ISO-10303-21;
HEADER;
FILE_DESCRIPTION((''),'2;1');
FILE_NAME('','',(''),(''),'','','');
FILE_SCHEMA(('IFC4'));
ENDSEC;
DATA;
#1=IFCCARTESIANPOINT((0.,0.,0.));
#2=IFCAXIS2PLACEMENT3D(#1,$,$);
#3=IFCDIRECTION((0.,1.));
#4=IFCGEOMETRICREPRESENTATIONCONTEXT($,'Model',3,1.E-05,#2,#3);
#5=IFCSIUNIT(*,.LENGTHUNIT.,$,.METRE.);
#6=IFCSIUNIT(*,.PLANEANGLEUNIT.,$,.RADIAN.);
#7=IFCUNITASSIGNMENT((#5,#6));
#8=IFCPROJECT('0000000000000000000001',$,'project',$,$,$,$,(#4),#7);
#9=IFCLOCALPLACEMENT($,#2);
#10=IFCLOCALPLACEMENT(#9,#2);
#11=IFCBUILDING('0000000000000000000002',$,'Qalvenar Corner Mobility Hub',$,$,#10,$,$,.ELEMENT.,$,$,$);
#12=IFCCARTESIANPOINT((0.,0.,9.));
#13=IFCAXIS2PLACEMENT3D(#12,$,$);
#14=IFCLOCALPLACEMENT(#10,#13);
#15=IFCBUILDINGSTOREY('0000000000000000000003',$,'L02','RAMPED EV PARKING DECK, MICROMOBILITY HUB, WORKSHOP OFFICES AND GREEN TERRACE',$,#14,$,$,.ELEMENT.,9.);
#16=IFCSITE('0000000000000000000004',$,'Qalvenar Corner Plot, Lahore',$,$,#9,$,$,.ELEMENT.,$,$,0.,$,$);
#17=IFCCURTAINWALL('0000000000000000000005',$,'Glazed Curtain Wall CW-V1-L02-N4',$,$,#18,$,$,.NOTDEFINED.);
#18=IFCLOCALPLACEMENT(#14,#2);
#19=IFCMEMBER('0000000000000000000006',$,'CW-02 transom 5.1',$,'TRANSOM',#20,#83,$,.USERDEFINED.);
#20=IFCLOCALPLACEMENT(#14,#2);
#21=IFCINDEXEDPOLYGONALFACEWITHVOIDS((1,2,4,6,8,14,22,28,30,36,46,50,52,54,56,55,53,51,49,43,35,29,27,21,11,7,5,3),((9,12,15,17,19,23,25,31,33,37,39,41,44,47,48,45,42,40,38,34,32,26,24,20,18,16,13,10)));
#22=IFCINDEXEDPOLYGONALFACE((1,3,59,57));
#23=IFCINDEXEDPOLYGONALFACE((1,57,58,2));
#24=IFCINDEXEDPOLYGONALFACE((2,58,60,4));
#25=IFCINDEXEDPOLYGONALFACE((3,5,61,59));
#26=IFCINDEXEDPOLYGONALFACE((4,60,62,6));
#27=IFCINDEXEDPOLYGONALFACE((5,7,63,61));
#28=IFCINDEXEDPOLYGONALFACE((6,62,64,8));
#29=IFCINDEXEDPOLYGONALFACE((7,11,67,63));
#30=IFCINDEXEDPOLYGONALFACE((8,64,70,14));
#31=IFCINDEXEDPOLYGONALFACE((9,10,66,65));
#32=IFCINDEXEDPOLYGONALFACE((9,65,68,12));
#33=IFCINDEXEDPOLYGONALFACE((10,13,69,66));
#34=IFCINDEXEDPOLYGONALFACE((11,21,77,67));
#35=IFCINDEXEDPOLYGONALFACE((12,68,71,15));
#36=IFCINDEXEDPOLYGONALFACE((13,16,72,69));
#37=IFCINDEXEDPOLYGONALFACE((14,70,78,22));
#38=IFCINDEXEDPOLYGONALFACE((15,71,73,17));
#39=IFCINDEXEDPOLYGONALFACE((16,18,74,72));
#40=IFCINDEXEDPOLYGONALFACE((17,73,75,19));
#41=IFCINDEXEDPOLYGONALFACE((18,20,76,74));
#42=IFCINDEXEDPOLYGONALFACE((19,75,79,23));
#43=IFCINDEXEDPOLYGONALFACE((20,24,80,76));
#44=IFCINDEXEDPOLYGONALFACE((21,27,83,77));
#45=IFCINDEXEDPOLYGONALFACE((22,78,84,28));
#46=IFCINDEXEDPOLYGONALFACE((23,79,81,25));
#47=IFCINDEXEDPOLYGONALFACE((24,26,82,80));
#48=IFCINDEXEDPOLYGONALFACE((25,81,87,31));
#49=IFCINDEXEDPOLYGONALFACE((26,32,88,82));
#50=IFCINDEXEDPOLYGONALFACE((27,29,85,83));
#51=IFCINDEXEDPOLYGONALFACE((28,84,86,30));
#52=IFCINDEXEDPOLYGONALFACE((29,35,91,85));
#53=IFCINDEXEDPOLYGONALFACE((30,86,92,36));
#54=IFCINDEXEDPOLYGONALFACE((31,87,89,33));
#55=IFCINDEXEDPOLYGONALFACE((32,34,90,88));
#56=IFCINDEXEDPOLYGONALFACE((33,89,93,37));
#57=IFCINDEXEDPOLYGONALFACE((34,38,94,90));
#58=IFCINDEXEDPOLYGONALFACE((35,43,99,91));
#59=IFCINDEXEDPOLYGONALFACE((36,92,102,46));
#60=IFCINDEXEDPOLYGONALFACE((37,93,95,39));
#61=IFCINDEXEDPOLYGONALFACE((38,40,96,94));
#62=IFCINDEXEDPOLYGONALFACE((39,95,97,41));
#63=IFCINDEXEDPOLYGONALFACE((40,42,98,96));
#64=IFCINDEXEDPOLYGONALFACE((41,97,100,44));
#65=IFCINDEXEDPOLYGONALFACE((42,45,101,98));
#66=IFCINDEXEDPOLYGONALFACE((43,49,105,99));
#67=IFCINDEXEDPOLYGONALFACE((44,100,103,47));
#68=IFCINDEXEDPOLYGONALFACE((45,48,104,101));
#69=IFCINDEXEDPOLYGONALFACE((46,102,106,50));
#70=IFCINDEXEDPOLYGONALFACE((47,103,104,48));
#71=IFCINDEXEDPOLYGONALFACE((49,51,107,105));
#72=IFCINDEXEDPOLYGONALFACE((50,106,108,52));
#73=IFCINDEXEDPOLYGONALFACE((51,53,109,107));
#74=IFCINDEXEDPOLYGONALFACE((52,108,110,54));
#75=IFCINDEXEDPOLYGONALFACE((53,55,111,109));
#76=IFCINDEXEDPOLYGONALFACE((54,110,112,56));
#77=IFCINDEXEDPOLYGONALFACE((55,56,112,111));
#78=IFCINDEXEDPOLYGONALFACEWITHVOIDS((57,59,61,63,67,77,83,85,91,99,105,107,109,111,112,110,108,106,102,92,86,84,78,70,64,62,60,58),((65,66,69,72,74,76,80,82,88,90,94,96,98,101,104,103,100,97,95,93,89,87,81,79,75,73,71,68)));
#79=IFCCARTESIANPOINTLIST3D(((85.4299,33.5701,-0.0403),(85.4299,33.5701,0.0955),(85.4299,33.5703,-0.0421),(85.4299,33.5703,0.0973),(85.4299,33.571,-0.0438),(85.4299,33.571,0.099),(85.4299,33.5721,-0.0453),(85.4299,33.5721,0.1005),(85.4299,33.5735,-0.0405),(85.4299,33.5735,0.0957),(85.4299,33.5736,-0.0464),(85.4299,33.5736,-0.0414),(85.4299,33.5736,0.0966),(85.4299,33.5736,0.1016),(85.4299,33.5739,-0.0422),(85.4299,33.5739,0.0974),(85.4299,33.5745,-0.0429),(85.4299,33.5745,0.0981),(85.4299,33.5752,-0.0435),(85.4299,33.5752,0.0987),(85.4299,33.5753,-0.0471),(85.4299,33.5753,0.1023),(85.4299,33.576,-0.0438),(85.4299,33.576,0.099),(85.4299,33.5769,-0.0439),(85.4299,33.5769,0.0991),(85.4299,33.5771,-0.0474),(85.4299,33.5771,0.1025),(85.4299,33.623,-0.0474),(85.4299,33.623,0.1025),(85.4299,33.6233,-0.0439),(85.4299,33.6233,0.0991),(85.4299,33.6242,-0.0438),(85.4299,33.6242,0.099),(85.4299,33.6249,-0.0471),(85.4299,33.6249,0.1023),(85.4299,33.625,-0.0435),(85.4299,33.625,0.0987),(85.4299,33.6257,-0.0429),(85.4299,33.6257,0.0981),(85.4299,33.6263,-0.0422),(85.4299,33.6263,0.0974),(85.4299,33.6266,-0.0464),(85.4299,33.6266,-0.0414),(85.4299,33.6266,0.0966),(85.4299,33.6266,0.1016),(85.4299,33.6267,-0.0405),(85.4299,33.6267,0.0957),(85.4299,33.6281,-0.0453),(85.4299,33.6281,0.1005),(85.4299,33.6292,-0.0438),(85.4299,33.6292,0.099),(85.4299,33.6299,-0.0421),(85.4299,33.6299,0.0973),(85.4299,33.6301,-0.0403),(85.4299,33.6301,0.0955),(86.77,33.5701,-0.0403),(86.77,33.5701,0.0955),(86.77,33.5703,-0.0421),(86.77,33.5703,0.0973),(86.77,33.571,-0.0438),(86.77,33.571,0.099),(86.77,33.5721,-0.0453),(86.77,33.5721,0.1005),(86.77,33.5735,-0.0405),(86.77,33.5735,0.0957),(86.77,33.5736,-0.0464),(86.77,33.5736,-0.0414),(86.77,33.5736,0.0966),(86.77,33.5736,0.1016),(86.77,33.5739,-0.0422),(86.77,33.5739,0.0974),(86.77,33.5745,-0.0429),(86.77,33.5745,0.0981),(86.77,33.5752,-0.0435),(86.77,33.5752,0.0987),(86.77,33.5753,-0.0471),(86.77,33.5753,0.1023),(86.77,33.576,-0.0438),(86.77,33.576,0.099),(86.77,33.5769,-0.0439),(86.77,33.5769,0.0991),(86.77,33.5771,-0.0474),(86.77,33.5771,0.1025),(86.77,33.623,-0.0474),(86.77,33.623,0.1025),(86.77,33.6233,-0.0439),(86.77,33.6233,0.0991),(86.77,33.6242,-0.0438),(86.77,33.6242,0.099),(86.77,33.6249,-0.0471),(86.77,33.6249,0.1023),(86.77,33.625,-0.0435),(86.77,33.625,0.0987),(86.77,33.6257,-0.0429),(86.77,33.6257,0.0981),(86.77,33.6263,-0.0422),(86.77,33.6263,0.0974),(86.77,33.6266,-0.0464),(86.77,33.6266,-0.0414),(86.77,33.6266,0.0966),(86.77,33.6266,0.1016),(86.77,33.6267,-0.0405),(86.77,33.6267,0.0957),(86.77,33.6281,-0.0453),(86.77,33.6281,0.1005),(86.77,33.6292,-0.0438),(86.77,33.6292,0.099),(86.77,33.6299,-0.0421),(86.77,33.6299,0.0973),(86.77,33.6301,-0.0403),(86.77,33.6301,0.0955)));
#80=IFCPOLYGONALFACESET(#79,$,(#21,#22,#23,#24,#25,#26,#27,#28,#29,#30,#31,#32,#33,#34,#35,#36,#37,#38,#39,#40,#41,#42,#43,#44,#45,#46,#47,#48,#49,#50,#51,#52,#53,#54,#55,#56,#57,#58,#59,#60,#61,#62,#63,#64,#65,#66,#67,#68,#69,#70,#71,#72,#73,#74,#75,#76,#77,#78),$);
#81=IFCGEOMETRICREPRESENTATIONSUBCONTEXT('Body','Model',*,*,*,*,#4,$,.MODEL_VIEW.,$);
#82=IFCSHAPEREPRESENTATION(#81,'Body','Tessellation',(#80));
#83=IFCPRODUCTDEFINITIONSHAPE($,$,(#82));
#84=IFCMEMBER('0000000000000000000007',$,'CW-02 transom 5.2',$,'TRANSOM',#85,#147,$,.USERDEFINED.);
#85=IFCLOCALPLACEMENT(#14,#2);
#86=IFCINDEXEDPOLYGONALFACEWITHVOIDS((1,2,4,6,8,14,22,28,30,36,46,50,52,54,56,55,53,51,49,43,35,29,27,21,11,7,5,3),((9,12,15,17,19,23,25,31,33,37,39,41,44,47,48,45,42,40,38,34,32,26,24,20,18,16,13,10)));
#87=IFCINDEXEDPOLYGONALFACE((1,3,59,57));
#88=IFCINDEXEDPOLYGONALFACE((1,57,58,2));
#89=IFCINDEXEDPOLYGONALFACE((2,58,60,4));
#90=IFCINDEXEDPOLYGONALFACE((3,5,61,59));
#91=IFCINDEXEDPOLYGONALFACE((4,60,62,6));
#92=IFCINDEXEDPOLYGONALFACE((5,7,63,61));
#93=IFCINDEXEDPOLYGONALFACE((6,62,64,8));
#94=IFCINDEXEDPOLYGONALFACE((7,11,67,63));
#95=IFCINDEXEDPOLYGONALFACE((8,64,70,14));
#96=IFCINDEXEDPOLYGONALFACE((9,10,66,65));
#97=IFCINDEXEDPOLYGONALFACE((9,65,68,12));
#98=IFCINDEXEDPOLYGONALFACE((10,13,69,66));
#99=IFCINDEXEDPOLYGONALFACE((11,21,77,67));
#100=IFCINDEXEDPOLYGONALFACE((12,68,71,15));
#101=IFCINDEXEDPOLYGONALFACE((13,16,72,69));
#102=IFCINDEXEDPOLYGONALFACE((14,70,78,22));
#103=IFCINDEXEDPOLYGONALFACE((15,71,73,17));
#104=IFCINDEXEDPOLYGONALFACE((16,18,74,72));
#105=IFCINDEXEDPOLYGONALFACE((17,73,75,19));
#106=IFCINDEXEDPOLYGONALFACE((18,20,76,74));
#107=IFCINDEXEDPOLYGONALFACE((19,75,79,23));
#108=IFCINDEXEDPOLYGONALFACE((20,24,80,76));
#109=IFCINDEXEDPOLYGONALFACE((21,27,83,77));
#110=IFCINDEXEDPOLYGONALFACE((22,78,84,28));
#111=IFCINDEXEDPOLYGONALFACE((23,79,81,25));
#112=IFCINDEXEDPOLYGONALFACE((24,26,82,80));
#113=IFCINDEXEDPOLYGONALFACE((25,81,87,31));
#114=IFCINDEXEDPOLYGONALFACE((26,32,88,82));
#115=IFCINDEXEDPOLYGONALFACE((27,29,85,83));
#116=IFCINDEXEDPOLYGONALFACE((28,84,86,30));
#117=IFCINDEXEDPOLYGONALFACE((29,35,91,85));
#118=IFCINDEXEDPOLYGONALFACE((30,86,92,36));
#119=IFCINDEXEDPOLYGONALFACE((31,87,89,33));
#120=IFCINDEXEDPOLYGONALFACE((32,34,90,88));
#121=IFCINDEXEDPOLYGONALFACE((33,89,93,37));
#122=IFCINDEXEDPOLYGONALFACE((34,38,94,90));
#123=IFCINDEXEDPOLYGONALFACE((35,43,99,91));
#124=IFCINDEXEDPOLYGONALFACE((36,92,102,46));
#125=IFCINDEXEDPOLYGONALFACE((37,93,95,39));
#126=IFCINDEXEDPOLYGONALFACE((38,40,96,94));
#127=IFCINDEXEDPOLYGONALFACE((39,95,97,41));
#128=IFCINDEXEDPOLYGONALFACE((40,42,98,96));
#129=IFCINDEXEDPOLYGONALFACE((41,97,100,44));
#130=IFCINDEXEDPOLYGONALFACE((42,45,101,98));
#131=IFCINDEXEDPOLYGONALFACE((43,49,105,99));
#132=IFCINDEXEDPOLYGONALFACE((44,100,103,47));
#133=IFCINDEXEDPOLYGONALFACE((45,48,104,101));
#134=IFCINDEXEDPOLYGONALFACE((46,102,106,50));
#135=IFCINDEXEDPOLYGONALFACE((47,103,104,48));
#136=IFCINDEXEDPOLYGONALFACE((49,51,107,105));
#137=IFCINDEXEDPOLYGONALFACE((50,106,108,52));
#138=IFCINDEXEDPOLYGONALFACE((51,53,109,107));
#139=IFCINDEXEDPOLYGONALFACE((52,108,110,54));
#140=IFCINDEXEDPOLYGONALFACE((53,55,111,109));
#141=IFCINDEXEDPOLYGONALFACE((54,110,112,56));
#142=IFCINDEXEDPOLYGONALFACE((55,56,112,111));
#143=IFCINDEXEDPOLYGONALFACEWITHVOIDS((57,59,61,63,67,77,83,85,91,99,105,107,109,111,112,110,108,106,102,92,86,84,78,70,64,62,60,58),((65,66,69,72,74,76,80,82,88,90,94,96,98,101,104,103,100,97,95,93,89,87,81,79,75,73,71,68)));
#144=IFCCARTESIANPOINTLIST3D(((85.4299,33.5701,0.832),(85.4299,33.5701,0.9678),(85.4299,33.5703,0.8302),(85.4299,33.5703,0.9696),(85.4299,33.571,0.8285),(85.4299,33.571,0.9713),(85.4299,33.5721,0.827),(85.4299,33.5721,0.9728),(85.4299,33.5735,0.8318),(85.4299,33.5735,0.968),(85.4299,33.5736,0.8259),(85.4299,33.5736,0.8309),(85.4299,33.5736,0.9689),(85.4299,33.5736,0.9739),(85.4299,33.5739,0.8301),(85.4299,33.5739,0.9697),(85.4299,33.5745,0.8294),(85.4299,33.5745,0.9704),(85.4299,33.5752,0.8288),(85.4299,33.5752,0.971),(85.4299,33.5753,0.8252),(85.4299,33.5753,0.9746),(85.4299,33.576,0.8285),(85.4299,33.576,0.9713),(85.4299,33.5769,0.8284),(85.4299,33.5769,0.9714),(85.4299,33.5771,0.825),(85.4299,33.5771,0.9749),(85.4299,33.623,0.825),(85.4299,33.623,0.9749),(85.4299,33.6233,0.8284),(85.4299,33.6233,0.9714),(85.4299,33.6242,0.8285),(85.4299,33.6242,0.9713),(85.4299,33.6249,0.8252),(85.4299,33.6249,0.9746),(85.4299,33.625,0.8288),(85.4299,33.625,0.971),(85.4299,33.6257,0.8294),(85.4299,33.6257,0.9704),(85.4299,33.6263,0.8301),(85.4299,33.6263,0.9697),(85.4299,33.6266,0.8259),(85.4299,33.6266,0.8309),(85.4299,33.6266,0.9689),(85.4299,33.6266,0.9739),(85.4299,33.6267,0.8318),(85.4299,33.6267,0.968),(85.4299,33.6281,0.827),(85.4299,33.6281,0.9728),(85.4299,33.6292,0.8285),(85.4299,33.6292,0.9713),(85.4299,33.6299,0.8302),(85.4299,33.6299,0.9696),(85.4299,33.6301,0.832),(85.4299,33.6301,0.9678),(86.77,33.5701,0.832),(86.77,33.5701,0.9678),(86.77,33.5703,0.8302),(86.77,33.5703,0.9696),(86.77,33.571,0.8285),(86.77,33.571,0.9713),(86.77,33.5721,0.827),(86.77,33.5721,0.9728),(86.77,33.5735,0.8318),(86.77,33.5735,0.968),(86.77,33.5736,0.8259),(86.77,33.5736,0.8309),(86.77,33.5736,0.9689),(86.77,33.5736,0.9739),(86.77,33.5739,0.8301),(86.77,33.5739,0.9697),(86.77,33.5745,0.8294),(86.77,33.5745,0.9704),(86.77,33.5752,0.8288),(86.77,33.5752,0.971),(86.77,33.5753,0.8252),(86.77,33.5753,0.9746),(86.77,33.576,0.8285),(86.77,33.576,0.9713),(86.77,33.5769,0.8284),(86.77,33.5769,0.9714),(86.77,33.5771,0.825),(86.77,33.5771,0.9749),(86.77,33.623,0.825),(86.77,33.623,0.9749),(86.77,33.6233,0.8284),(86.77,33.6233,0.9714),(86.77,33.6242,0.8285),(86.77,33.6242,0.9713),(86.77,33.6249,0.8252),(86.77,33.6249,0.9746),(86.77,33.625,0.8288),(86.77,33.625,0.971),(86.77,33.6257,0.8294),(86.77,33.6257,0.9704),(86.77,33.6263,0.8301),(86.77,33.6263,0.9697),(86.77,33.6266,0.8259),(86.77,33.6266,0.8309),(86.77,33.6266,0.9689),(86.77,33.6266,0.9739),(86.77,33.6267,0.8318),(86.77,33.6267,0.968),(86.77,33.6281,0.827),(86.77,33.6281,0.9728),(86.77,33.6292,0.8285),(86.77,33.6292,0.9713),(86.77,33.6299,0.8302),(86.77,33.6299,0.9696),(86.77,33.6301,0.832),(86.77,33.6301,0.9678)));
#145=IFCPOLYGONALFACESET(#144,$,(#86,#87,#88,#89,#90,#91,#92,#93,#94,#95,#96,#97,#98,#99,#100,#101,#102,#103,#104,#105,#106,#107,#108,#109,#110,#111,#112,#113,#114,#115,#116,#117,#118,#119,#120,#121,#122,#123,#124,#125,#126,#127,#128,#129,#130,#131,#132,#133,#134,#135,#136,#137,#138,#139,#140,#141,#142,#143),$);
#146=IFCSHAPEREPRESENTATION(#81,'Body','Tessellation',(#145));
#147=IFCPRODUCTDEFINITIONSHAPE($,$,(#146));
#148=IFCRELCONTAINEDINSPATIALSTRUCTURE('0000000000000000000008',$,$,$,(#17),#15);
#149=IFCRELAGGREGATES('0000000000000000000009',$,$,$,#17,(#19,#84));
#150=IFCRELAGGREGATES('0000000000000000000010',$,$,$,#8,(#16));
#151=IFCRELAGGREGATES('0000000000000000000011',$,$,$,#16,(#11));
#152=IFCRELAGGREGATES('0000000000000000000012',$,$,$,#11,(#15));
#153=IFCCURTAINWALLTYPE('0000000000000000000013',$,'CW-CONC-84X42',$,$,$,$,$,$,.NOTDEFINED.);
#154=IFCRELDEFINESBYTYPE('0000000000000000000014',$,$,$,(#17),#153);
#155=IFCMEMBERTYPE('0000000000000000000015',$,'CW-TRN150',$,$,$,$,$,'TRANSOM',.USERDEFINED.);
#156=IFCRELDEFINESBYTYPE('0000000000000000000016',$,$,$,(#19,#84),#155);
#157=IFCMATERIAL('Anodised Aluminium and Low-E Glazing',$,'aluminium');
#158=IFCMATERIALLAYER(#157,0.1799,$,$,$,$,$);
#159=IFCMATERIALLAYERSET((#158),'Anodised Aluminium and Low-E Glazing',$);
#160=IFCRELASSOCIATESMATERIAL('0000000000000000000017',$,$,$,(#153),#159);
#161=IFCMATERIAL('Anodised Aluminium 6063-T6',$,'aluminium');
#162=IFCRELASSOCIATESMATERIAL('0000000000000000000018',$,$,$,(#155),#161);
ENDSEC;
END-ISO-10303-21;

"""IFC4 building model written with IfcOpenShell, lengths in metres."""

from ifc_helpers import new_model, si_unit, direction, frame, origin, origin_2d, place, context, subcontext, project, spatial, hollow_rectangle, extrude, material, layer, layer_set, material_profile, profile_set, type_object, element, aggregate, save


model = new_model("IFC4")

# Units and contexts
model_context = context("Model", 3, precision=1e-05, world=origin(), true_north=direction((0.0, 1.0)))
body_context = subcontext(model_context, "Body", "Model", "MODEL_VIEW")
ifc_project = project(units=[si_unit("LENGTHUNIT", "METRE"), si_unit("PLANEANGLEUNIT", "RADIAN")], contexts=[model_context])

# Site, building, storey
site_placement = place(None, origin())
site = spatial("IfcSite", under=ifc_project, at=site_placement, Name="Qalvenar Corner Plot, Lahore", CompositionType="ELEMENT", RefElevation=0.0)
building_placement = place(site_placement, origin())
building = spatial("IfcBuilding", under=site, at=building_placement, Name="Qalvenar Corner Mobility Hub", CompositionType="ELEMENT")
storey_placement = place(building_placement, frame((0.0, 0.0, 9.0)))
storey = spatial("IfcBuildingStorey", under=building, at=storey_placement, Name="L02", Description="RAMPED EV PARKING DECK, MICROMOBILITY HUB, WORKSHOP OFFICES AND GREEN TERRACE", CompositionType="ELEMENT", Elevation=9.0)

# Curtain wall
ifc_material_1 = material(Name="Anodised Aluminium and Low-E Glazing", Category="aluminium")
ifc_layer_1 = layer(ifc_material_1, 0.1799)
ifc_layer_set_1 = layer_set([ifc_layer_1], Name="Anodised Aluminium and Low-E Glazing")
curtain_wall_type = type_object("IfcCurtainWallType", Name="CW-CONC-84X42", PredefinedType="NOTDEFINED", material=ifc_layer_set_1)
ifc_material_2 = material(Name="Anodised Aluminium 6063-T6", Category="aluminium")
curtain_wall_1_placement = place(storey_placement, origin())
curtain_wall_1 = element("IfcCurtainWall", 1, at=curtain_wall_1_placement, inside=storey, type_object=curtain_wall_type, Name="Glazed Curtain Wall CW-V1-L02-N4", PredefinedType="NOTDEFINED")

# Members
ifc_material_profile_1 = material_profile(ifc_material_2, hollow_rectangle(XDim=0.0601, YDim=0.1499, WallThickness=0.0034, InnerFilletRadius=0.0034, OuterFilletRadius=0.0071, at=origin_2d()), Name="RHS150x60x3.5")
ifc_profile_set_1 = profile_set([ifc_material_profile_1], Name="Anodised Aluminium 6063-T6")
member_type_1 = type_object("IfcMemberType", Name="CW-TRN150", ElementType="TRANSOM", PredefinedType="USERDEFINED", material=ifc_profile_set_1)
member_1_placement = place(storey_placement, frame((86.77, 33.6001, 0.0276), z_axis=(-1.0, 0.0, 0.0), x_axis=(0.0, -1.0, 0.0)))
member_1 = element("IfcMember", 2, at=member_1_placement, type_object=member_type_1, Name="CW-02 transom 5.1", ObjectType="TRANSOM", PredefinedType="USERDEFINED", context=body_context, shape_type="SweptSolid", body=[
    extrude(hollow_rectangle(XDim=0.0601, YDim=0.1499, WallThickness=0.0034, InnerFilletRadius=0.0034, OuterFilletRadius=0.0071, at=origin_2d()), origin(), (0.0, 0.0, 1.0), 1.3401),
])
member_2_placement = place(storey_placement, frame((86.77, 33.6001, 0.8999), z_axis=(-1.0, 0.0, 0.0), x_axis=(0.0, -1.0, 0.0)))
member_2 = element("IfcMember", 3, at=member_2_placement, type_object=member_type_1, Name="CW-02 transom 5.2", ObjectType="TRANSOM", PredefinedType="USERDEFINED", context=body_context, shape_type="SweptSolid", body=[
    extrude(hollow_rectangle(XDim=0.0601, YDim=0.1499, WallThickness=0.0034, InnerFilletRadius=0.0034, OuterFilletRadius=0.0071, at=origin_2d()), origin(), (0.0, 0.0, 1.0), 1.3401),
])

aggregate(curtain_wall_1, [member_1, member_2])

save(model, "model.ifc")
